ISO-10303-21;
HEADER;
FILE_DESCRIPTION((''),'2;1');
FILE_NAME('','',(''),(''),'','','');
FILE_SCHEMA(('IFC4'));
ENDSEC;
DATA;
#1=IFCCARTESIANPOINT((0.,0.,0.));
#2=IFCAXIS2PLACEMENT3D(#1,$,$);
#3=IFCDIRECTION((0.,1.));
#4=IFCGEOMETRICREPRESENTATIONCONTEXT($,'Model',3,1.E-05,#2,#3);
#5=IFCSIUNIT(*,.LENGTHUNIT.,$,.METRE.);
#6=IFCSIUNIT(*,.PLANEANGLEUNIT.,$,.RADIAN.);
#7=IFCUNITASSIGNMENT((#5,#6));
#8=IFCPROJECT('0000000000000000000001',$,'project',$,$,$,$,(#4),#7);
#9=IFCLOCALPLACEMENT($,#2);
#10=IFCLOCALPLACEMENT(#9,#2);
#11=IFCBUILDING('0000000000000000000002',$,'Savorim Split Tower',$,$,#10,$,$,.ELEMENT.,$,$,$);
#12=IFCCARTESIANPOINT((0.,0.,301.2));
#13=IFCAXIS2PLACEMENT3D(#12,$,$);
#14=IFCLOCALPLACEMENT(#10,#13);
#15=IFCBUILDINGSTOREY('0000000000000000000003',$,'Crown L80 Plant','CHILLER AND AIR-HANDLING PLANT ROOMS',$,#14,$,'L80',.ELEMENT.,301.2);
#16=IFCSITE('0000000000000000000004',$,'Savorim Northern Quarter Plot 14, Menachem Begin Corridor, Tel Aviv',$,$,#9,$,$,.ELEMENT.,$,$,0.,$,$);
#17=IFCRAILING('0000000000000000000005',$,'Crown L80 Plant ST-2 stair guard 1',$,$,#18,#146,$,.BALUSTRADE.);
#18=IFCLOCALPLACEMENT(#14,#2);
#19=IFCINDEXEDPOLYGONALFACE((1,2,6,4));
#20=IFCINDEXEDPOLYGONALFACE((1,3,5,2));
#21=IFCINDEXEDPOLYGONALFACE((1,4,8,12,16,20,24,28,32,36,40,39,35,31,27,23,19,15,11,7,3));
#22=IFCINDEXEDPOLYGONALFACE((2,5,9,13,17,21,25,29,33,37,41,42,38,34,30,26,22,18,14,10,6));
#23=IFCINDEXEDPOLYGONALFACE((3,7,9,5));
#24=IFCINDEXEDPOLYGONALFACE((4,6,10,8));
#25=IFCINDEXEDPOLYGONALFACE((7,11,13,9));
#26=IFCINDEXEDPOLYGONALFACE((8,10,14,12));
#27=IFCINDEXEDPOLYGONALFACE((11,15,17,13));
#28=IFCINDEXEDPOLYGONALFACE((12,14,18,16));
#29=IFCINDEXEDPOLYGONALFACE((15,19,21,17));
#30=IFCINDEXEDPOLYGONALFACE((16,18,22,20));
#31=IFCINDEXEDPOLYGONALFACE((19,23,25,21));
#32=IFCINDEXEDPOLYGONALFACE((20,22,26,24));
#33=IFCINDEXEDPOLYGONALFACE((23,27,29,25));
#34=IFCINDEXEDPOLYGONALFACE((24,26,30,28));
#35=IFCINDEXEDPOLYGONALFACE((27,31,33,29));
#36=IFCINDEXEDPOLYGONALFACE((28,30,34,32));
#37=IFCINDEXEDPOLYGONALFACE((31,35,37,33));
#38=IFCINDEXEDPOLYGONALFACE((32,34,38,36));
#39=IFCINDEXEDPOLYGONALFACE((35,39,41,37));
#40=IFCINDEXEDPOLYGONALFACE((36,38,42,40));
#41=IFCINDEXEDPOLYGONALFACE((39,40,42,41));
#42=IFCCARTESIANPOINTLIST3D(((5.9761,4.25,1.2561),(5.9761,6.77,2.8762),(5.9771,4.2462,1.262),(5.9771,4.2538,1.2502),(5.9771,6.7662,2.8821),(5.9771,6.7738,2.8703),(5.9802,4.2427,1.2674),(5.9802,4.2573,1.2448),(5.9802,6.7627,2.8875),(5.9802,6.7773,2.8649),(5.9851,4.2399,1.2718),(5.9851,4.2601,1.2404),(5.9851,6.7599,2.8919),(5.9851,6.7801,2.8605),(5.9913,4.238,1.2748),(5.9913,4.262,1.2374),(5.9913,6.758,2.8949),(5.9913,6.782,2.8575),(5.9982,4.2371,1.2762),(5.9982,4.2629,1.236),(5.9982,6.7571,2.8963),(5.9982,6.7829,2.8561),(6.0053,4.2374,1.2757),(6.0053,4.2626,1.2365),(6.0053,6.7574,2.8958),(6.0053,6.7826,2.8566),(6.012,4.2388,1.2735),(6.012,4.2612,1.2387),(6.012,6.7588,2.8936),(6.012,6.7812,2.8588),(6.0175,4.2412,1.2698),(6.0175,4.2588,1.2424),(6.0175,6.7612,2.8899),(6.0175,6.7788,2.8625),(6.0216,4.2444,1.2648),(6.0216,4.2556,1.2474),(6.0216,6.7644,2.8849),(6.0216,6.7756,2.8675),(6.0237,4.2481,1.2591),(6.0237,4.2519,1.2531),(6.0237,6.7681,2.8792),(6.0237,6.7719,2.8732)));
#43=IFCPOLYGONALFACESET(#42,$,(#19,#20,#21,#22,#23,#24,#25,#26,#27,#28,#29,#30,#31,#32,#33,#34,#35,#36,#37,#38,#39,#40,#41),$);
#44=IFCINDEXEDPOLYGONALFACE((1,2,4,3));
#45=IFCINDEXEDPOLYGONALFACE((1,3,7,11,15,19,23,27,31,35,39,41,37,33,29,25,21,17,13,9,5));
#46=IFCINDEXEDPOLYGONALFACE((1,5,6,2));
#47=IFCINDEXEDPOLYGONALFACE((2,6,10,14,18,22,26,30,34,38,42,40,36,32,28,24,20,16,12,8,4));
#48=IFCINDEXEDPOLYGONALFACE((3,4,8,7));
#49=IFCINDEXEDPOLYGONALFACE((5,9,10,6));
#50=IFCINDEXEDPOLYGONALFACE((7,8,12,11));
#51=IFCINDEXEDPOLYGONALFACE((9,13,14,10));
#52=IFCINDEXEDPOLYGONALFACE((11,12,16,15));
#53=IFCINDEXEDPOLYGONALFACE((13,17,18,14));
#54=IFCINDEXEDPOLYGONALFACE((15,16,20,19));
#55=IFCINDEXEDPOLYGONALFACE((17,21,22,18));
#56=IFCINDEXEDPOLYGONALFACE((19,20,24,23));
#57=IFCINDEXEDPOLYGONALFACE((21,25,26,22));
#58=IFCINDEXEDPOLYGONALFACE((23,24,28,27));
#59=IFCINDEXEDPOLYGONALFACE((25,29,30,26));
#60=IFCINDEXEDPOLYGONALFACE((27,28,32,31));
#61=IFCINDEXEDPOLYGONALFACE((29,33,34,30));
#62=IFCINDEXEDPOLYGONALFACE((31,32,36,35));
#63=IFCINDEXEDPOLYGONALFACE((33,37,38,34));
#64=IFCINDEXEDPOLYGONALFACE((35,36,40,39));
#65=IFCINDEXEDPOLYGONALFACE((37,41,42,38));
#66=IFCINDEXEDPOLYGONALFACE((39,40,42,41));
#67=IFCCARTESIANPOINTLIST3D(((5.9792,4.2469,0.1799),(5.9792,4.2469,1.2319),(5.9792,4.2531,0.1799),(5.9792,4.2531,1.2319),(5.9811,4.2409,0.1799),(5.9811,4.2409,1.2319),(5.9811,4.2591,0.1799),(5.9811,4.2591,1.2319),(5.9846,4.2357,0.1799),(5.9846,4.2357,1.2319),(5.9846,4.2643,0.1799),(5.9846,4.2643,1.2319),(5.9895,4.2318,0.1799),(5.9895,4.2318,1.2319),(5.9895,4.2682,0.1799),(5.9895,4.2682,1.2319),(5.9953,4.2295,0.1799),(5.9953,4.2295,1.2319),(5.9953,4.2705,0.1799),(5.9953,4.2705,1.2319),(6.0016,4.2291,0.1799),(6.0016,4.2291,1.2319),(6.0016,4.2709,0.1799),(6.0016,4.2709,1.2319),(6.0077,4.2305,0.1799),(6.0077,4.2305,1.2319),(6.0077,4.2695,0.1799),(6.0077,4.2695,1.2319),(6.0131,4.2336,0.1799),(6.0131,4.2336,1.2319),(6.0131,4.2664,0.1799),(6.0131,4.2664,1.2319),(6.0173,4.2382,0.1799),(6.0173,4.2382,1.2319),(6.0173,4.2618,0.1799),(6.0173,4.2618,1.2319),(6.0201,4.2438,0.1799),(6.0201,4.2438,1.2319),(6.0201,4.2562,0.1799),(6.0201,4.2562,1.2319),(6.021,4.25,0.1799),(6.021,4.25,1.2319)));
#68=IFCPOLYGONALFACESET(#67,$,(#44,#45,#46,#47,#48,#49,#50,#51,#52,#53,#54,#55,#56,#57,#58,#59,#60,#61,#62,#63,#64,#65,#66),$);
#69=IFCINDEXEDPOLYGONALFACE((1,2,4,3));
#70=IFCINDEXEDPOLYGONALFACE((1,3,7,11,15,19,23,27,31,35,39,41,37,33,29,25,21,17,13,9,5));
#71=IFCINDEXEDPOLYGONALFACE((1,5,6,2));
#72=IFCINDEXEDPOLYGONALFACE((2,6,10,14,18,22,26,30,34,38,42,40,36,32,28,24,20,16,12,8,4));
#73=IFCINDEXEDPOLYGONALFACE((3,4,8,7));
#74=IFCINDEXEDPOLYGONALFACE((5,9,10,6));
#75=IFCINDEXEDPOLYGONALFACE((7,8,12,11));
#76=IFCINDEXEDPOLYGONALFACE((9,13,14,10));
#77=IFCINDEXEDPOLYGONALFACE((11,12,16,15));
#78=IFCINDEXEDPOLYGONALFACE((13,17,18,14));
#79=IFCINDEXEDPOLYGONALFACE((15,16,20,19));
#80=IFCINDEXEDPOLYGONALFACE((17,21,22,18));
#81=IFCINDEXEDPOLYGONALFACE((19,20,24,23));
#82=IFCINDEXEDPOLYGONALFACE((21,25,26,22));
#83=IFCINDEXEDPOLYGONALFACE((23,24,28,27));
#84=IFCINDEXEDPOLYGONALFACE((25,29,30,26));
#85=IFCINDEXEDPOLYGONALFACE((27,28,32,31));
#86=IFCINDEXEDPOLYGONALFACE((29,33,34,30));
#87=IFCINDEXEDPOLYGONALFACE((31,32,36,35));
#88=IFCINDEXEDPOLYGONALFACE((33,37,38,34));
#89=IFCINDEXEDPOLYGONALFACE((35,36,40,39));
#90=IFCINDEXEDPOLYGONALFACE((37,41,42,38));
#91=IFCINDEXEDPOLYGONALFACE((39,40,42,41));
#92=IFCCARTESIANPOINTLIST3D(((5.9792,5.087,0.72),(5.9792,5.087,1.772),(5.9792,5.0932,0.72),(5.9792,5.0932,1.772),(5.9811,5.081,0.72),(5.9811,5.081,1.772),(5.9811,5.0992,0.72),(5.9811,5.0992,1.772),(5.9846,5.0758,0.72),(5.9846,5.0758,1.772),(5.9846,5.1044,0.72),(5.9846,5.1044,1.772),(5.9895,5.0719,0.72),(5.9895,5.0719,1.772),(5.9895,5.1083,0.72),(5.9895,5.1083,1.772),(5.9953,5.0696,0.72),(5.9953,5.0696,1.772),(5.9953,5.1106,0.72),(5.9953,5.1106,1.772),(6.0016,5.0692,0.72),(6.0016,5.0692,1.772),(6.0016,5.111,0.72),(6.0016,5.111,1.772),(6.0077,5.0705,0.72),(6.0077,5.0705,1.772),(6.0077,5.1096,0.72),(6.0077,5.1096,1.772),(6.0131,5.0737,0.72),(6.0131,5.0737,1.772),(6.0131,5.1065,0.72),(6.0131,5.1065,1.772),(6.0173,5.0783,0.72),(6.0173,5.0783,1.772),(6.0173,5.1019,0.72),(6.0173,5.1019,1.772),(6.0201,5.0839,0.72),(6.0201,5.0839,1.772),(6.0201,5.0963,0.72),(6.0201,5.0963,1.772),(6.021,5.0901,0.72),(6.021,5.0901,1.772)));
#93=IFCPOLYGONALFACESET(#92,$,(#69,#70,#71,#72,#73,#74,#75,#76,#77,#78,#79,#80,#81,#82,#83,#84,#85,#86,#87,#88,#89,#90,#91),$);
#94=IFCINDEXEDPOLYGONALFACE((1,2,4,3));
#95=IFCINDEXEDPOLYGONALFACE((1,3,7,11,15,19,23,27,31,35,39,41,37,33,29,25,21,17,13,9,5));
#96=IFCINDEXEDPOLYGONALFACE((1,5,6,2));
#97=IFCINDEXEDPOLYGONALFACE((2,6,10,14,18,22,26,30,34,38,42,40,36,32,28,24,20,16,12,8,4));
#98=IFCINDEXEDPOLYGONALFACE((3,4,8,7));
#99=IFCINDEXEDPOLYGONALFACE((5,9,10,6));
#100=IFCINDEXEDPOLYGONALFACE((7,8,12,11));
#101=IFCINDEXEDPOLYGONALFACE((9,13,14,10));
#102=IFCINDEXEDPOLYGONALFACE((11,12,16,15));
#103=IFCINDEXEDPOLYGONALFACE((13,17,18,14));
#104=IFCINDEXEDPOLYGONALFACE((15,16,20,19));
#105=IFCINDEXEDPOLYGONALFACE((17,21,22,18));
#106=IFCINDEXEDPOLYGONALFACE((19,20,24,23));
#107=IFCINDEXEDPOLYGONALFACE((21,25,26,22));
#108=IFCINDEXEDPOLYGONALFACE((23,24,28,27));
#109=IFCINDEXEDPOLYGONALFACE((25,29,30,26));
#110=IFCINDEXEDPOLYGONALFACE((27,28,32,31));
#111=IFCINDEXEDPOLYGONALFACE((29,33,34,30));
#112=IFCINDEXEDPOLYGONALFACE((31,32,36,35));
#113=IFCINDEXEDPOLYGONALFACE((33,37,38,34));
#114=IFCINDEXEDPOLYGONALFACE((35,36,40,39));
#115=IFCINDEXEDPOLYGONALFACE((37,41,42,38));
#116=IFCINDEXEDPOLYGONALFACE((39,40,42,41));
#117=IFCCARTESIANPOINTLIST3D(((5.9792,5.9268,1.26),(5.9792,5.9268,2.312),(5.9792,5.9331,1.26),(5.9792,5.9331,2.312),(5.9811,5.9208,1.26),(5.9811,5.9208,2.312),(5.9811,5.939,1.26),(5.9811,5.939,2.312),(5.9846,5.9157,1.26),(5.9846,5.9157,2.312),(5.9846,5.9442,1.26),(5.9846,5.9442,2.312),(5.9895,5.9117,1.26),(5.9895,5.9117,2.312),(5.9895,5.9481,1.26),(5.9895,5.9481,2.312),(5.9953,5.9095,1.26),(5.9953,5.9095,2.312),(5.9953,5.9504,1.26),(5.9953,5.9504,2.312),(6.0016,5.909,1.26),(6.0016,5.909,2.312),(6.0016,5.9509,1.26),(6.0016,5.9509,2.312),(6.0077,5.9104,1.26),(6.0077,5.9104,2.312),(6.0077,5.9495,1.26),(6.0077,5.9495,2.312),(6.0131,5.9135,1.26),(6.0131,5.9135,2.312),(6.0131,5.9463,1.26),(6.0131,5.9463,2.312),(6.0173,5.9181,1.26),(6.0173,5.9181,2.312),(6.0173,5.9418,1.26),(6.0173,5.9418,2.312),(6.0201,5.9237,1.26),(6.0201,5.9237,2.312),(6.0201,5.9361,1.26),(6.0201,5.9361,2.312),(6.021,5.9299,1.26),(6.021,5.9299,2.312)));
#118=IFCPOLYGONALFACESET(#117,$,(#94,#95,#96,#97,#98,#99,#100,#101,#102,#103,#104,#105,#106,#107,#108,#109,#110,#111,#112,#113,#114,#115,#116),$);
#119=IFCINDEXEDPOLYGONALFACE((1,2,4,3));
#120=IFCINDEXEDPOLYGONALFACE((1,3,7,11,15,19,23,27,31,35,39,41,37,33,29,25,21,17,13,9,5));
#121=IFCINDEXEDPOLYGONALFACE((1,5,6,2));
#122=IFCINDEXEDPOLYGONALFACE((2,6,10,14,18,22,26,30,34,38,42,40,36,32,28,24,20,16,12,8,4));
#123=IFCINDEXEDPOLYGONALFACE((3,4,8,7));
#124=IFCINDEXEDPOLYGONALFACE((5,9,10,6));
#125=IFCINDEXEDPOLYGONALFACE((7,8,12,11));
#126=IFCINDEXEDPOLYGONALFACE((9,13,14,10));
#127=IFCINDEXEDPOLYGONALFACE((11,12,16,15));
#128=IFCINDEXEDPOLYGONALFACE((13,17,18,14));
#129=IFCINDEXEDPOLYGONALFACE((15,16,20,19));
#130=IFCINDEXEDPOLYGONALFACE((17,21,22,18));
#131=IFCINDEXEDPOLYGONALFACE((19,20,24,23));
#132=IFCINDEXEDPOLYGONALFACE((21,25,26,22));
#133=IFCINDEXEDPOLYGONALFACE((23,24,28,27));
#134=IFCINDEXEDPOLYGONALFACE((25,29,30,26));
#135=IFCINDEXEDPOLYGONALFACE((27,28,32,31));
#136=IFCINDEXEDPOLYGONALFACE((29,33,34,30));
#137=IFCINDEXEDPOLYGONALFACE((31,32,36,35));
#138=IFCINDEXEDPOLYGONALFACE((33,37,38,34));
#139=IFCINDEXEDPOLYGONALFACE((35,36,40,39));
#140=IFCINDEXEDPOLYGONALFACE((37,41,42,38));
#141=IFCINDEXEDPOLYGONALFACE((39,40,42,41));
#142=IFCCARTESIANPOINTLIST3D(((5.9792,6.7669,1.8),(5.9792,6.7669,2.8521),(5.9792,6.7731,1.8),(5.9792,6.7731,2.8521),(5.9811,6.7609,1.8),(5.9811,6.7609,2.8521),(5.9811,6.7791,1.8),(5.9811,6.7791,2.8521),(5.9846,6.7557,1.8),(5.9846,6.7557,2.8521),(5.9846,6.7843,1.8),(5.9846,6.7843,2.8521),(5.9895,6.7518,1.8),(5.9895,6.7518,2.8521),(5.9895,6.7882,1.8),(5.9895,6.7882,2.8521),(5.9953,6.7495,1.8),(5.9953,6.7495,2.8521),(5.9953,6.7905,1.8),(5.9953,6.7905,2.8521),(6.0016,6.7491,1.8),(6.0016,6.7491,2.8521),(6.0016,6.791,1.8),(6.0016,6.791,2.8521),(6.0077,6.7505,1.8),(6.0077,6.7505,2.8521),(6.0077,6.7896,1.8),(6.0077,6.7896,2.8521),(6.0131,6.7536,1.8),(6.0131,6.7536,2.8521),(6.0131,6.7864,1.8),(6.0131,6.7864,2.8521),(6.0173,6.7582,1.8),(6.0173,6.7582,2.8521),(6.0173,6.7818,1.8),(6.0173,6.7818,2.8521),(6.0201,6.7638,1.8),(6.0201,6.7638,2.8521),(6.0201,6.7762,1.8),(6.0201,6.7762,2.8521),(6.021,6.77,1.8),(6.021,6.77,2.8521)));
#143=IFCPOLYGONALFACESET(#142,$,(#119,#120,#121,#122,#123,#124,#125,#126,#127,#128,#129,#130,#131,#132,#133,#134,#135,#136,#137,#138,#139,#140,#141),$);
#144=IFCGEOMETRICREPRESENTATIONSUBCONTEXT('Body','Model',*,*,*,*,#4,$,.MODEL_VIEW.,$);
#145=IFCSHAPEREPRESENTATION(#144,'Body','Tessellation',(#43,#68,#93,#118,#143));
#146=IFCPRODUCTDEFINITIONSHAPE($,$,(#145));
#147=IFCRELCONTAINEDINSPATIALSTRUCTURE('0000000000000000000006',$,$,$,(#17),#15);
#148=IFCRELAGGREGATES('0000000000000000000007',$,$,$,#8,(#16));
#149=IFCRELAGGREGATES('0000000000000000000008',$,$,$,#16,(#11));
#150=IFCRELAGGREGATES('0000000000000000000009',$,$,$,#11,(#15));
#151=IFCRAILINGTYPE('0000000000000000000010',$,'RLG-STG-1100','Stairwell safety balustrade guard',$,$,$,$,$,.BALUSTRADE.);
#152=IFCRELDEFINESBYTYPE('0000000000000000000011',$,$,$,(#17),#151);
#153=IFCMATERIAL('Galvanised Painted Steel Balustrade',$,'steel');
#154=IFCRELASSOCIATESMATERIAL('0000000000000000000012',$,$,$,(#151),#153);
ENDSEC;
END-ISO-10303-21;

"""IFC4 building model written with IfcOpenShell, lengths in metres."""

from ifc_helpers import new_model, si_unit, direction, frame, origin, origin_2d, place, context, subcontext, project, spatial, circle, extrude, material, type_object, element, save


model = new_model("IFC4")

# Units and contexts
model_context = context("Model", 3, precision=1e-05, world=origin(), true_north=direction((0.0, 1.0)))
body_context = subcontext(model_context, "Body", "Model", "MODEL_VIEW")
ifc_project = project(units=[si_unit("LENGTHUNIT", "METRE"), si_unit("PLANEANGLEUNIT", "RADIAN")], contexts=[model_context])

# Site, building, storey
site_placement = place(None, origin())
site = spatial("IfcSite", under=ifc_project, at=site_placement, Name="Savorim Northern Quarter Plot 14, Menachem Begin Corridor, Tel Aviv", CompositionType="ELEMENT", RefElevation=0.0)
building_placement = place(site_placement, origin())
building = spatial("IfcBuilding", under=site, at=building_placement, Name="Savorim Split Tower", CompositionType="ELEMENT")
storey_placement = place(building_placement, frame((0.0, 0.0, 301.2)))
storey = spatial("IfcBuildingStorey", under=building, at=storey_placement, Name="Crown L80 Plant", Description="CHILLER AND AIR-HANDLING PLANT ROOMS", LongName="L80", CompositionType="ELEMENT", Elevation=301.2)

# Railing
ifc_material_1 = material(Name="Galvanised Painted Steel Balustrade", Category="steel")
railing_type_1 = type_object("IfcRailingType", Name="RLG-STG-1100", Description="Stairwell safety balustrade guard", PredefinedType="BALUSTRADE", material=ifc_material_1)
railing_1_placement = place(storey_placement, frame((6.0, 4.25, 0.1799)))
element("IfcRailing", 1, at=railing_1_placement, inside=storey, type_object=railing_type_1, Name="Crown L80 Plant ST-2 stair guard 1", PredefinedType="BALUSTRADE", context=body_context, shape_type="SweptSolid", body=[
    extrude(circle(Radius=0.0239, at=origin_2d()), frame((0.0, 0.0, 1.0762), z_axis=(0.0, 0.841163, 0.540782), x_axis=(-1.0, 0.0, 0.0)), (0.0, 0.0, 1.0), 2.9958),
    extrude(circle(Radius=0.021, at=origin_2d()), origin(), (0.0, 0.0, 1.0), 1.052),
    extrude(circle(Radius=0.021, at=origin_2d()), frame((0.0, 0.8401, 0.54)), (0.0, 0.0, 1.0), 1.052),
    extrude(circle(Radius=0.021, at=origin_2d()), frame((0.0, 1.6799, 1.0801)), (0.0, 0.0, 1.0), 1.052),
    extrude(circle(Radius=0.021, at=origin_2d()), frame((0.0, 2.52, 1.6201)), (0.0, 0.0, 1.0), 1.052),
])

save(model, "model.ifc")
